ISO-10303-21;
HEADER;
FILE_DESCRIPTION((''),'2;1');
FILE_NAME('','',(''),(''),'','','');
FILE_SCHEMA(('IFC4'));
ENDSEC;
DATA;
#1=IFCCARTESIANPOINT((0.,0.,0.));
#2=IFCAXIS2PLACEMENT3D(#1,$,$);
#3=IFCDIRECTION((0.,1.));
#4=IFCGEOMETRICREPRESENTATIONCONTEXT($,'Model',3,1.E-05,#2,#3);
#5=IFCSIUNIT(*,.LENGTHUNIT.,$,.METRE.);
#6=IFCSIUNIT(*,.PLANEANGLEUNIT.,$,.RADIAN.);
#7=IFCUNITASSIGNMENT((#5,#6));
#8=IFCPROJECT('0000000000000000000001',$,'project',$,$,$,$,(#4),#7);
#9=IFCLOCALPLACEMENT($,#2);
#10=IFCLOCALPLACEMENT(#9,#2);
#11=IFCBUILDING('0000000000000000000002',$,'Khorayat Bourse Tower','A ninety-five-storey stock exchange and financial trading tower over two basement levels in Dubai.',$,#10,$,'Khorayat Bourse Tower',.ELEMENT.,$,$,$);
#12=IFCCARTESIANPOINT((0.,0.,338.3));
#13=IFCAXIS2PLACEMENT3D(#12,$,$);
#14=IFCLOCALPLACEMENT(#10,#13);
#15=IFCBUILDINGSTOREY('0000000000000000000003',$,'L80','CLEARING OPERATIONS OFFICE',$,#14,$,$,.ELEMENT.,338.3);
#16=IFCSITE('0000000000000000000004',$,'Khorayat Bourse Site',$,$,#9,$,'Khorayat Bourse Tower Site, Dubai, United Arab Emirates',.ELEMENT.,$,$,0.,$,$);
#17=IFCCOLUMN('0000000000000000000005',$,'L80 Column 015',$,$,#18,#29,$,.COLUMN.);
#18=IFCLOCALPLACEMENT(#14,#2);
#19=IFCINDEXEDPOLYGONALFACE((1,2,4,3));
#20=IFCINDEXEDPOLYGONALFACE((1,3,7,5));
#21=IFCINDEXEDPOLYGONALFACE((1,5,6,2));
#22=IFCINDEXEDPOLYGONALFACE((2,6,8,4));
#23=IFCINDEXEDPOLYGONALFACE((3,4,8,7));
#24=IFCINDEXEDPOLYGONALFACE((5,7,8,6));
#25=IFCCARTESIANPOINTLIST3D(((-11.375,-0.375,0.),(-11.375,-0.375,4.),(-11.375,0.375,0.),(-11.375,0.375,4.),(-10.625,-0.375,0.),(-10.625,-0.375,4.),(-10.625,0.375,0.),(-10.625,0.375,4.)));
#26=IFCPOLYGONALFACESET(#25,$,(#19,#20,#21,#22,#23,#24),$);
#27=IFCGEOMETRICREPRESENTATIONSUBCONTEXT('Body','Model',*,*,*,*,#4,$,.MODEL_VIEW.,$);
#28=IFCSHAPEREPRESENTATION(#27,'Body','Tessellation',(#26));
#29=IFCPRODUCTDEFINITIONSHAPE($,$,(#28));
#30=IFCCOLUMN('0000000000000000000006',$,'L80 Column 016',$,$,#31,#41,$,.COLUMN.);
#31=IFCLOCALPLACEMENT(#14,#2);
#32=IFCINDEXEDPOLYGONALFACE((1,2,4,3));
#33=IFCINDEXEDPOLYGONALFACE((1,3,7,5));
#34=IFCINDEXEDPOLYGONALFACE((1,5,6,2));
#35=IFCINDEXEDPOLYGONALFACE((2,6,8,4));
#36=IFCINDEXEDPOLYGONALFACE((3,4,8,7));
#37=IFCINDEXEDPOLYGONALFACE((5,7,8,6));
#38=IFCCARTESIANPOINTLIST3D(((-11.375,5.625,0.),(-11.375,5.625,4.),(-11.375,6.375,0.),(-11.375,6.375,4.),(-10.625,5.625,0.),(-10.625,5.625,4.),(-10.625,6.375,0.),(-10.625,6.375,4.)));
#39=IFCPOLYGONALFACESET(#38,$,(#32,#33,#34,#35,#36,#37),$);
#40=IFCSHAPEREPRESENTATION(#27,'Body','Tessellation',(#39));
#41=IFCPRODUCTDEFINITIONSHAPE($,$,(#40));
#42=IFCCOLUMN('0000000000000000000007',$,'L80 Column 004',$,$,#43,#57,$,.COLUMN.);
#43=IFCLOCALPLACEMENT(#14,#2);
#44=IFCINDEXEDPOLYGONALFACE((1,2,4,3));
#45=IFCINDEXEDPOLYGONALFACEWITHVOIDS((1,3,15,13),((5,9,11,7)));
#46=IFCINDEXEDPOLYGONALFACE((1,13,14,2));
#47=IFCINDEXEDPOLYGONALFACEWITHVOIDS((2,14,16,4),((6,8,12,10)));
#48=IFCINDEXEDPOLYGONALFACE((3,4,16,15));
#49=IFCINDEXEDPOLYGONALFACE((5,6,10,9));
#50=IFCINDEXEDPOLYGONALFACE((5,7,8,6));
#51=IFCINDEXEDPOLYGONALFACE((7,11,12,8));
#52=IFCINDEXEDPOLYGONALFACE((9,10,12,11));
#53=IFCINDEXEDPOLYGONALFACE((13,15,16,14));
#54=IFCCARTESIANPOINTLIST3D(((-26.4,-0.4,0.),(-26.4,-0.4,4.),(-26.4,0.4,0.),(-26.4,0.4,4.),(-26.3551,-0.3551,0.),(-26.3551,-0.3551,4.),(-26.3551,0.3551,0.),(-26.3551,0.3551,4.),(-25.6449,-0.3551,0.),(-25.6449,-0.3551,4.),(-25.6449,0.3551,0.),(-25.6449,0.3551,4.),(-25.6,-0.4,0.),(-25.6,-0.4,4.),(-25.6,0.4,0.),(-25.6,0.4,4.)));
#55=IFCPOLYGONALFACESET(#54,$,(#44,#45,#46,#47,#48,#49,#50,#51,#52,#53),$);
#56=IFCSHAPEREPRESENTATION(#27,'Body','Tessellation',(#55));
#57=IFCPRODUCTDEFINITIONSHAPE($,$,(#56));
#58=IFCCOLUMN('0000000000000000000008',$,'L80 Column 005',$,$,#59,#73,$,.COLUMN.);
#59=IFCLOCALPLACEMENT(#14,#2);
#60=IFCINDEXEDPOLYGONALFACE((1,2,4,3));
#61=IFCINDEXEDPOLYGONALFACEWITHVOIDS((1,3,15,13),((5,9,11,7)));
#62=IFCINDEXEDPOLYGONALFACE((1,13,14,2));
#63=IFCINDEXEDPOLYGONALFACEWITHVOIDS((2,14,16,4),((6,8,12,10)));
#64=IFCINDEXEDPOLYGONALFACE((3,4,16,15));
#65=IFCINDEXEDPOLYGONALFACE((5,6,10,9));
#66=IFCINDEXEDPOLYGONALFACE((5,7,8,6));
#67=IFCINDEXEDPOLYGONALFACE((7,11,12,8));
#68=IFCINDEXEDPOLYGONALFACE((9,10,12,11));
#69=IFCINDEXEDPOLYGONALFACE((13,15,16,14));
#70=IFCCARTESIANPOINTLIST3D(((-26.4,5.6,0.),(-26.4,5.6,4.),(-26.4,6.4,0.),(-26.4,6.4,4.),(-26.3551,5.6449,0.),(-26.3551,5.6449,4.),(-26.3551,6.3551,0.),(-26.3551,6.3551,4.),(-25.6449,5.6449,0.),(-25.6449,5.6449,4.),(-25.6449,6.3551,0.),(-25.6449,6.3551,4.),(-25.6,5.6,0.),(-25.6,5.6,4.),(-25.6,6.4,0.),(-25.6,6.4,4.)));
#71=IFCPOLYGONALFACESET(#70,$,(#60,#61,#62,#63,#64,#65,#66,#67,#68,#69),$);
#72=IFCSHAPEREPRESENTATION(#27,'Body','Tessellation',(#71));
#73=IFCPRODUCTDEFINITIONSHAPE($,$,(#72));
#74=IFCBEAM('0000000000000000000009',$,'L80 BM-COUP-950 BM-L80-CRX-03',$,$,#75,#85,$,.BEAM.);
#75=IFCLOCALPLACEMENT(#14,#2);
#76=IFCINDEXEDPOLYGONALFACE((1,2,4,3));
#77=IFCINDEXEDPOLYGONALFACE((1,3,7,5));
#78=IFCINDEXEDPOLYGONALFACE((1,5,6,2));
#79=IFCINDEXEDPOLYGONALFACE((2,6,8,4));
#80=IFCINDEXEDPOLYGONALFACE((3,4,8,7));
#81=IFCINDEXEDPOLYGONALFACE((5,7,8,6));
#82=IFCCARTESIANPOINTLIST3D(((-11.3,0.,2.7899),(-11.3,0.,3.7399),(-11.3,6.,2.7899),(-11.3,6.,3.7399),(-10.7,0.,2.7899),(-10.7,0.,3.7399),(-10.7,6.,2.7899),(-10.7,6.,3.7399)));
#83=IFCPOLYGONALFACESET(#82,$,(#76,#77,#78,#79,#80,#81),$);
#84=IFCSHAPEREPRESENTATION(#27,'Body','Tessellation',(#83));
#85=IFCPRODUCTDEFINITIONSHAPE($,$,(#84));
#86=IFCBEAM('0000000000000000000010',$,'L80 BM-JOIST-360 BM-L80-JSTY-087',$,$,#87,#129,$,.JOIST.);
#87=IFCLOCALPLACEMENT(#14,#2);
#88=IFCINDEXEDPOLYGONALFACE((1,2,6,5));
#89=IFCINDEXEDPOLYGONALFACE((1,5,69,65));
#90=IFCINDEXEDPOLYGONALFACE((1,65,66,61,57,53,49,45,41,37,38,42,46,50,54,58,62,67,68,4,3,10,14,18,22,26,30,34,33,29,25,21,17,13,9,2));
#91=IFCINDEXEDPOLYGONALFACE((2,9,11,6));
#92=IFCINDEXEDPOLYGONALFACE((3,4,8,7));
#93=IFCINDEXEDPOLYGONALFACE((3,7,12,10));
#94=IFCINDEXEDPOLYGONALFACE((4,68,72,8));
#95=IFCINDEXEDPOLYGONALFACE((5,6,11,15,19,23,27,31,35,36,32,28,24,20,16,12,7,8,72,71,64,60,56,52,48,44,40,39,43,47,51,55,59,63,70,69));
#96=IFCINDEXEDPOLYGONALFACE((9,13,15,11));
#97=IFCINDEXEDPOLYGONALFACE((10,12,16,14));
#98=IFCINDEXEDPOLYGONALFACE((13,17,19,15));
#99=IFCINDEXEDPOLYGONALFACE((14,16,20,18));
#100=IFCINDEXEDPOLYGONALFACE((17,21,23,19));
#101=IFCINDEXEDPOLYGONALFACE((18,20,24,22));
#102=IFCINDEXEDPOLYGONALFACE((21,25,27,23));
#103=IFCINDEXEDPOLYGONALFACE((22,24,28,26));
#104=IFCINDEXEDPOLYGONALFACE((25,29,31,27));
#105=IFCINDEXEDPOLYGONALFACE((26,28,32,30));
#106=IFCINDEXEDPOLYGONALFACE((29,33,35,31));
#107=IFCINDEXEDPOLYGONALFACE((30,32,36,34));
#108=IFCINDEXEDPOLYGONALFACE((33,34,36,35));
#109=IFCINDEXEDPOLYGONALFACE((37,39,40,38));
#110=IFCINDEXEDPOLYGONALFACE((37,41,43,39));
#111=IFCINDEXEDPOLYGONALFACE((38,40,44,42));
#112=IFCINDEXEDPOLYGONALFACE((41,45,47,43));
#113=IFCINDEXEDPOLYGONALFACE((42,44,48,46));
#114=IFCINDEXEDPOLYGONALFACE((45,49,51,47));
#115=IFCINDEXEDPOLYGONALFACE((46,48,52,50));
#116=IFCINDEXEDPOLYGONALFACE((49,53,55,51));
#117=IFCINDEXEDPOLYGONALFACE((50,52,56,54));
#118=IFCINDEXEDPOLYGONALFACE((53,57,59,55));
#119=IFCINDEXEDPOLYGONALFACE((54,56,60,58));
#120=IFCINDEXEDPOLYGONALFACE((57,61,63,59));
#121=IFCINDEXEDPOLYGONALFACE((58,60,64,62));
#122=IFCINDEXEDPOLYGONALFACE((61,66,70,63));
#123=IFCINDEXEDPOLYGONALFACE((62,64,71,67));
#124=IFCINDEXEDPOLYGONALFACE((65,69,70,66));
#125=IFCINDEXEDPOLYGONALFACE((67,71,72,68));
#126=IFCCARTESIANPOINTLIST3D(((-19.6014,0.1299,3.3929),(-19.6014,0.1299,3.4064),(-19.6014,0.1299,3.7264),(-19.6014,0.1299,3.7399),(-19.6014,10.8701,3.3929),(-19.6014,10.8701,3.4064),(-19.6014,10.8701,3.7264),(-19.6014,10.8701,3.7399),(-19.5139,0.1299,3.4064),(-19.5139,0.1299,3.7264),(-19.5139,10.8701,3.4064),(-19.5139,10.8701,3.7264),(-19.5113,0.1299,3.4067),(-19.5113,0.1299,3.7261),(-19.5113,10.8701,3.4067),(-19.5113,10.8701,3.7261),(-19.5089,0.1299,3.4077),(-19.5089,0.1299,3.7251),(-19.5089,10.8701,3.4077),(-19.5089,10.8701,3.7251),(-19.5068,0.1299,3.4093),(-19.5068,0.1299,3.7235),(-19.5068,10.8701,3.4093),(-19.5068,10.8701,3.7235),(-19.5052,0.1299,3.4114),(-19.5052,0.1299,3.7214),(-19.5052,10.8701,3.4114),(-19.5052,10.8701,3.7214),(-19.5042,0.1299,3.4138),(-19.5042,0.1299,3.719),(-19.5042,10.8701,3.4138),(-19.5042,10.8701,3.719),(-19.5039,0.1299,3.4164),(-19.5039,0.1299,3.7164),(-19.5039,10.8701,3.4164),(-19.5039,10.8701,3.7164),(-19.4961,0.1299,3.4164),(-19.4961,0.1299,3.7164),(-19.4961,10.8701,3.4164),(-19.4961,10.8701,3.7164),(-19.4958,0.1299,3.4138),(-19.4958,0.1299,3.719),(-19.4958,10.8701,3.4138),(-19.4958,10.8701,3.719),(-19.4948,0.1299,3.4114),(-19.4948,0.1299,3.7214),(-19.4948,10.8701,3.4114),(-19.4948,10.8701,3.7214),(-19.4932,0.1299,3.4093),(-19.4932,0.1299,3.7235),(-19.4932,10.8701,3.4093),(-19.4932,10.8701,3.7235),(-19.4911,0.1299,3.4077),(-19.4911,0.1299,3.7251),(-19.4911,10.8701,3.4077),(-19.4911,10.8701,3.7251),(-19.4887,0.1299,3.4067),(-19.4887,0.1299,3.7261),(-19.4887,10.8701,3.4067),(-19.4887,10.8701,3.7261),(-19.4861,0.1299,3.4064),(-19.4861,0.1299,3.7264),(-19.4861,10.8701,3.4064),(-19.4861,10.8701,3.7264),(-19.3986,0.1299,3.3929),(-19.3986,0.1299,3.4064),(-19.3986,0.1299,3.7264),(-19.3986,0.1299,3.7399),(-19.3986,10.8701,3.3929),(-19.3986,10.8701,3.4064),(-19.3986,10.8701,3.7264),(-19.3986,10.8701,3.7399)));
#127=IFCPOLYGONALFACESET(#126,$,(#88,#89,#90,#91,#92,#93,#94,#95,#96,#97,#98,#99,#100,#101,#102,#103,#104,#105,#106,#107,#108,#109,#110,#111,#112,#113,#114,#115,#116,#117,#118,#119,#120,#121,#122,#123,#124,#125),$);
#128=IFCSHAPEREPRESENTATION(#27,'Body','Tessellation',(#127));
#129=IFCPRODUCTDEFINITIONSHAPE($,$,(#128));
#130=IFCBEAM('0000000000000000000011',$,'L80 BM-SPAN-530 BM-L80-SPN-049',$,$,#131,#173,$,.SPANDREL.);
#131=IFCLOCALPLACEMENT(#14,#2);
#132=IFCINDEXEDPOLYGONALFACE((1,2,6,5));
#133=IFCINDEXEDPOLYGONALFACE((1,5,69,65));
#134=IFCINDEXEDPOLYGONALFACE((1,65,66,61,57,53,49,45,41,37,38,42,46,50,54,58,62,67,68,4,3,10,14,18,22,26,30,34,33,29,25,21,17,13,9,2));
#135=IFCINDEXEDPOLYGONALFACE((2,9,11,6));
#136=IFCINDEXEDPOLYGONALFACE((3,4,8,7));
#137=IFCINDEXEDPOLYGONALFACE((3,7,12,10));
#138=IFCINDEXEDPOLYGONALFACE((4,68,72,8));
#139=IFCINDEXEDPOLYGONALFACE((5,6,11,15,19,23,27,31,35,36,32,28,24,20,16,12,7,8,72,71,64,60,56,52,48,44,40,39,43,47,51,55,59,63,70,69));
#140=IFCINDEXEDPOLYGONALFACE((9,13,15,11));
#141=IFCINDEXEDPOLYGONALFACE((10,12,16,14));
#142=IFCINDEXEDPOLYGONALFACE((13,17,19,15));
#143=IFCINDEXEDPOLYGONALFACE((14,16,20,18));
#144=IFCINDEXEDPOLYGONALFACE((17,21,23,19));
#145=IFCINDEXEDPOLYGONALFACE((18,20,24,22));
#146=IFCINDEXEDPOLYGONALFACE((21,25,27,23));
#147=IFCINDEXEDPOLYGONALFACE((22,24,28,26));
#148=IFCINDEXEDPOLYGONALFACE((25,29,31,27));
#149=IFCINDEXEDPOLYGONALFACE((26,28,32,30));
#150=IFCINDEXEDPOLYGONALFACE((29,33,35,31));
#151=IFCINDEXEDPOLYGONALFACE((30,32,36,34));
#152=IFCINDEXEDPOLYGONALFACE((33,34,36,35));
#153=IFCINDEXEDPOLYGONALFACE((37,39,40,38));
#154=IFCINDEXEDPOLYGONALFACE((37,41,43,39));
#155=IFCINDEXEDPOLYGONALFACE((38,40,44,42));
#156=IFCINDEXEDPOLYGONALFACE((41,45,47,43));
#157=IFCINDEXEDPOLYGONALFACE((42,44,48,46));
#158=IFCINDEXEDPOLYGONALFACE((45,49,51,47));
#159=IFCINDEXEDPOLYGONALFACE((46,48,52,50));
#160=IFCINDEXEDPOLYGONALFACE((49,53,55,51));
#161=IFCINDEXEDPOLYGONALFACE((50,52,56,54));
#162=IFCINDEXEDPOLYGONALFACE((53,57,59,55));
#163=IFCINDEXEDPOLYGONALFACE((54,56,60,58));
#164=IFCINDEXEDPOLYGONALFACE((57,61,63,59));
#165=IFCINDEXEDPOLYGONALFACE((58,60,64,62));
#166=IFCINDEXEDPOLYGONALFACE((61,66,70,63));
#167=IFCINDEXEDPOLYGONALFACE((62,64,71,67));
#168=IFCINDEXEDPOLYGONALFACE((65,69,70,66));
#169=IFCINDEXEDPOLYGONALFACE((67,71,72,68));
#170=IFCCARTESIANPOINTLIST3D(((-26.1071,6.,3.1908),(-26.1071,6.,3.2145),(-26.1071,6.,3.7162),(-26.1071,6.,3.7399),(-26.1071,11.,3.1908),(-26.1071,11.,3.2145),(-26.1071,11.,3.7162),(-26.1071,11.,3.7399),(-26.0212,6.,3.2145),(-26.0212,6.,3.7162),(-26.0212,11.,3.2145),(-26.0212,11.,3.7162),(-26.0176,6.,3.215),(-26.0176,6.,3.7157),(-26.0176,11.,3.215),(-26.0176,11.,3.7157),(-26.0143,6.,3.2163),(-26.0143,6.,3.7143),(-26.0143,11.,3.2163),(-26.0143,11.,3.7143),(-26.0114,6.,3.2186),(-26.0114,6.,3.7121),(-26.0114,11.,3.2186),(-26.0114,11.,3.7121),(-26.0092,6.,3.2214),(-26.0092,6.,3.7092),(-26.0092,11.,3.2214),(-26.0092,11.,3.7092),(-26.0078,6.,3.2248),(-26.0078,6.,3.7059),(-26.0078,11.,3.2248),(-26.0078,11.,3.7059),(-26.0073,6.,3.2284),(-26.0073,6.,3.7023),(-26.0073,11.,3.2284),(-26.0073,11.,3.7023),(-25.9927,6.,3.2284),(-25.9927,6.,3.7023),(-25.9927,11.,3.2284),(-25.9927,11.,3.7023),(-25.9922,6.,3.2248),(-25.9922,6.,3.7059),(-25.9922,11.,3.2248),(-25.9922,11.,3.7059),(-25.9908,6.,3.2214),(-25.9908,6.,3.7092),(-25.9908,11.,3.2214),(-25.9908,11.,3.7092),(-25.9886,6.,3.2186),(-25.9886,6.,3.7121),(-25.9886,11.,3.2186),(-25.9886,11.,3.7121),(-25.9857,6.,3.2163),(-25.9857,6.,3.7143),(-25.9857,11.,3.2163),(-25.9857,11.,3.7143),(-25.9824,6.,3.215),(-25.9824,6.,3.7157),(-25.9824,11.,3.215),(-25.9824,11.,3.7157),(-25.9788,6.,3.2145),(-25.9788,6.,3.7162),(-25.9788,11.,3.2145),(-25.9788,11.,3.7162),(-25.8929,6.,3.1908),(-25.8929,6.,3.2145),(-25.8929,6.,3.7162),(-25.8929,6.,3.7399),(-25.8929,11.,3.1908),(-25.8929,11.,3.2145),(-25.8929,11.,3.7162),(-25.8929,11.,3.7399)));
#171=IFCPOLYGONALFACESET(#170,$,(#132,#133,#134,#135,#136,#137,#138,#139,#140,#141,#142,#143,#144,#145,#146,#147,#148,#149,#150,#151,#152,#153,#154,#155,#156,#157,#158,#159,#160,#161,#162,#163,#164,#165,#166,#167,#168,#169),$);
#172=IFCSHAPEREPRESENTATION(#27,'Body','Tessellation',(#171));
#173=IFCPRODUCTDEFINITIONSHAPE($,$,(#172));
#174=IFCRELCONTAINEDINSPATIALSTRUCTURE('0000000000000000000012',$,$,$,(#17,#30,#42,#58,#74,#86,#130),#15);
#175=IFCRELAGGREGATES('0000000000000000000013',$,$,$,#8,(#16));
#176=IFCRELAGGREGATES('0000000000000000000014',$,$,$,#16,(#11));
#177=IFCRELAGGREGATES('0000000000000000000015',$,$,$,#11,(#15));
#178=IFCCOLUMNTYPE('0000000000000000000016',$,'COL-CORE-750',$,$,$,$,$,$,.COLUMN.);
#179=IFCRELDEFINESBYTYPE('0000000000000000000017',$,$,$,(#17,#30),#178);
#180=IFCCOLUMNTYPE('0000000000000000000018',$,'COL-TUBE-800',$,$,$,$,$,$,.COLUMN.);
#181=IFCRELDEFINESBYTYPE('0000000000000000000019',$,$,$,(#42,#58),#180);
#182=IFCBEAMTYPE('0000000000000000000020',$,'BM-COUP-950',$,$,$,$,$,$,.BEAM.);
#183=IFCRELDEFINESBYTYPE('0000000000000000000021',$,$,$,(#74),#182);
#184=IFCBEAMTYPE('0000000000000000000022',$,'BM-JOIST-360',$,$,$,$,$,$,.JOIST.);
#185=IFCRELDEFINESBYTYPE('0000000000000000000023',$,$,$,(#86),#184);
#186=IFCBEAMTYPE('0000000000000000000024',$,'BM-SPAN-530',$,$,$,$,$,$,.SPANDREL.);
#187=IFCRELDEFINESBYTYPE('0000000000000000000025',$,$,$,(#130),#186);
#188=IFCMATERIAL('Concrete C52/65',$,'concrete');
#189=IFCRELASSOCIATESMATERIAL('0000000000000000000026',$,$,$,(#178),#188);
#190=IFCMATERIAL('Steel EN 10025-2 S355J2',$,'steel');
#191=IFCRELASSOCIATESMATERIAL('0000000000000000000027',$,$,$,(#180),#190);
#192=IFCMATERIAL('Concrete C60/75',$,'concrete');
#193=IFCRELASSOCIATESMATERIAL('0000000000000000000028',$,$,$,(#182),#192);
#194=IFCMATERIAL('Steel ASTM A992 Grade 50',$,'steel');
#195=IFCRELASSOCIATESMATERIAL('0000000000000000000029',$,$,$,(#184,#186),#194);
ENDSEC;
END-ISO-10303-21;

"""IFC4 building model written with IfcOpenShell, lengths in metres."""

from ifc_helpers import new_model, si_unit, direction, frame, origin, origin_2d, place, context, subcontext, project, spatial, rectangle, hollow_rectangle, i_section, extrude, source, transform, mapped, material, material_profile, profile_set, type_object, element, save


model = new_model("IFC4")

# Units and contexts
model_context = context("Model", 3, precision=1e-05, world=origin(), true_north=direction((0.0, 1.0)))
body_context = subcontext(model_context, "Body", "Model", "MODEL_VIEW")
ifc_project = project(units=[si_unit("LENGTHUNIT", "METRE"), si_unit("PLANEANGLEUNIT", "RADIAN")], contexts=[model_context])

# Site, building, storey
site_placement = place(None, origin())
site = spatial("IfcSite", under=ifc_project, at=site_placement, Name="Khorayat Bourse Site", LongName="Khorayat Bourse Tower Site, Dubai, United Arab Emirates", CompositionType="ELEMENT", RefElevation=0.0)
building_placement = place(site_placement, origin())
building = spatial("IfcBuilding", under=site, at=building_placement, Name="Khorayat Bourse Tower", Description="A ninety-five-storey stock exchange and financial trading tower over two basement levels in Dubai.", LongName="Khorayat Bourse Tower", CompositionType="ELEMENT")
storey_placement = place(building_placement, frame((0.0, 0.0, 338.3)))
storey = spatial("IfcBuildingStorey", under=building, at=storey_placement, Name="L80", Description="CLEARING OPERATIONS OFFICE", CompositionType="ELEMENT", Elevation=338.3)

# Columns
ifc_material_1 = material(Name="Concrete C52/65", Category="concrete")
ifc_material_profile_1 = material_profile(ifc_material_1, rectangle(XDim=0.75, YDim=0.75, at=origin_2d()), Name="RC 750x750")
ifc_profile_set_1 = profile_set([ifc_material_profile_1], Name="Concrete C52/65")
column_type_1 = type_object("IfcColumnType", Name="COL-CORE-750", PredefinedType="COLUMN", material=ifc_profile_set_1)
shared_shape_1 = source(origin(), body_context, "Body", "SweptSolid", [
    extrude(rectangle(XDim=0.75, YDim=0.75, at=origin_2d()), origin(), (0.0, 0.0, 1.0), 4.0),
])
for number, where, z_axis, x_axis, name in (
    (1, (-11.0, 0.0, 0.0), (0.0, 0.0, 1.0), (1.0, 0.0, 0.0), "L80 Column 015"),
    (2, (-11.0, 6.0, 0.0), (0.0, 0.0, 1.0), (1.0, 0.0, 0.0), "L80 Column 016"),
):
    element("IfcColumn", number, at=place(storey_placement, frame(where, z_axis=z_axis, x_axis=x_axis)), inside=storey, type_object=column_type_1, Name=name, PredefinedType="COLUMN", context=body_context, shape_type="MappedRepresentation", body=[
        mapped(shared_shape_1, transform((0.0, 0.0, 0.0), scale=1.0)),
    ])
ifc_material_2 = material(Name="Steel EN 10025-2 S355J2", Category="steel")
ifc_material_profile_2 = material_profile(ifc_material_2, hollow_rectangle(XDim=0.8, YDim=0.8, WallThickness=0.0449, at=origin_2d()), Name="BOX 800x800x45")
ifc_profile_set_2 = profile_set([ifc_material_profile_2], Name="Steel EN 10025-2 S355J2")
column_type_2 = type_object("IfcColumnType", Name="COL-TUBE-800", PredefinedType="COLUMN", material=ifc_profile_set_2)
shared_shape_2 = source(origin(), body_context, "Body", "SweptSolid", [
    extrude(hollow_rectangle(XDim=0.8, YDim=0.8, WallThickness=0.0449, at=origin_2d()), origin(), (0.0, 0.0, 1.0), 4.0),
])
for number, where, z_axis, x_axis, name in (
    (3, (-26.0, 0.0, 0.0), (0.0, 0.0, 1.0), (1.0, 0.0, 0.0), "L80 Column 004"),
    (4, (-26.0, 6.0, 0.0), (0.0, 0.0, 1.0), (1.0, 0.0, 0.0), "L80 Column 005"),
):
    element("IfcColumn", number, at=place(storey_placement, frame(where, z_axis=z_axis, x_axis=x_axis)), inside=storey, type_object=column_type_2, Name=name, PredefinedType="COLUMN", context=body_context, shape_type="MappedRepresentation", body=[
        mapped(shared_shape_2, transform((0.0, 0.0, 0.0), scale=1.0)),
    ])

# Beams
ifc_material_3 = material(Name="Concrete C60/75", Category="concrete")
ifc_material_profile_3 = material_profile(ifc_material_3, rectangle(XDim=0.6001, YDim=0.95, at=origin_2d()), Name="RC 600x950")
ifc_profile_set_3 = profile_set([ifc_material_profile_3], Name="Concrete C60/75")
beam_type_1 = type_object("IfcBeamType", Name="BM-COUP-950", PredefinedType="BEAM", material=ifc_profile_set_3)
shared_shape_3 = source(origin(), body_context, "Body", "SweptSolid", [
    extrude(rectangle(XDim=0.6001, YDim=0.95, at=origin_2d()), origin(), (0.0, 0.0, 1.0), 6.0),
])
beam_1_placement = place(storey_placement, frame((-11.0, 0.0, 3.2649), z_axis=(0.0, 1.0, 0.0), x_axis=(-1.0, 0.0, 0.0)))
element("IfcBeam", 5, at=beam_1_placement, inside=storey, type_object=beam_type_1, Name="L80 BM-COUP-950 BM-L80-CRX-03", PredefinedType="BEAM", context=body_context, shape_type="MappedRepresentation", body=[
    mapped(shared_shape_3, transform((0.0, 0.0, 0.0), scale=1.0)),
])
ifc_material_4 = material(Name="Steel ASTM A992 Grade 50", Category="steel")
ifc_material_profile_4 = material_profile(ifc_material_4, i_section(OverallWidth=0.2029, OverallDepth=0.3469, WebThickness=0.0078, FlangeThickness=0.0134, FilletRadius=0.01, at=origin_2d()), Name="W360X64")
ifc_profile_set_4 = profile_set([ifc_material_profile_4], Name="Steel ASTM A992 Grade 50")
beam_type_2 = type_object("IfcBeamType", Name="BM-JOIST-360", PredefinedType="JOIST", material=ifc_profile_set_4)
shared_shape_4 = source(origin(), body_context, "Body", "SweptSolid", [
    extrude(i_section(OverallWidth=0.2029, OverallDepth=0.3469, WebThickness=0.0078, FlangeThickness=0.0134, FilletRadius=0.01, at=origin_2d()), origin(), (0.0, 0.0, 1.0), 10.7402),
])
beam_2_placement = place(storey_placement, frame((-19.5, 0.1299, 3.5664), z_axis=(0.0, 1.0, 0.0), x_axis=(-1.0, 0.0, 0.0)))
element("IfcBeam", 6, at=beam_2_placement, inside=storey, type_object=beam_type_2, Name="L80 BM-JOIST-360 BM-L80-JSTY-087", PredefinedType="JOIST", context=body_context, shape_type="MappedRepresentation", body=[
    mapped(shared_shape_4, transform((0.0, 0.0, 0.0), scale=1.0)),
])
ifc_material_profile_5 = material_profile(ifc_material_4, i_section(OverallWidth=0.2141, OverallDepth=0.5491, WebThickness=0.0146, FlangeThickness=0.0237, FilletRadius=0.0139, at=origin_2d()), Name="W530X138")
ifc_profile_set_5 = profile_set([ifc_material_profile_5], Name="Steel ASTM A992 Grade 50")
beam_type_3 = type_object("IfcBeamType", Name="BM-SPAN-530", PredefinedType="SPANDREL", material=ifc_profile_set_5)
shared_shape_5 = source(origin(), body_context, "Body", "SweptSolid", [
    extrude(i_section(OverallWidth=0.2141, OverallDepth=0.5491, WebThickness=0.0146, FlangeThickness=0.0237, FilletRadius=0.0139, at=origin_2d()), origin(), (0.0, 0.0, 1.0), 5.0),
])
beam_3_placement = place(storey_placement, frame((-26.0, 6.0, 3.4653), z_axis=(0.0, 1.0, 0.0), x_axis=(-1.0, 0.0, 0.0)))
element("IfcBeam", 7, at=beam_3_placement, inside=storey, type_object=beam_type_3, Name="L80 BM-SPAN-530 BM-L80-SPN-049", PredefinedType="SPANDREL", context=body_context, shape_type="MappedRepresentation", body=[
    mapped(shared_shape_5, transform((0.0, 0.0, 0.0), scale=1.0)),
])

save(model, "model.ifc")
